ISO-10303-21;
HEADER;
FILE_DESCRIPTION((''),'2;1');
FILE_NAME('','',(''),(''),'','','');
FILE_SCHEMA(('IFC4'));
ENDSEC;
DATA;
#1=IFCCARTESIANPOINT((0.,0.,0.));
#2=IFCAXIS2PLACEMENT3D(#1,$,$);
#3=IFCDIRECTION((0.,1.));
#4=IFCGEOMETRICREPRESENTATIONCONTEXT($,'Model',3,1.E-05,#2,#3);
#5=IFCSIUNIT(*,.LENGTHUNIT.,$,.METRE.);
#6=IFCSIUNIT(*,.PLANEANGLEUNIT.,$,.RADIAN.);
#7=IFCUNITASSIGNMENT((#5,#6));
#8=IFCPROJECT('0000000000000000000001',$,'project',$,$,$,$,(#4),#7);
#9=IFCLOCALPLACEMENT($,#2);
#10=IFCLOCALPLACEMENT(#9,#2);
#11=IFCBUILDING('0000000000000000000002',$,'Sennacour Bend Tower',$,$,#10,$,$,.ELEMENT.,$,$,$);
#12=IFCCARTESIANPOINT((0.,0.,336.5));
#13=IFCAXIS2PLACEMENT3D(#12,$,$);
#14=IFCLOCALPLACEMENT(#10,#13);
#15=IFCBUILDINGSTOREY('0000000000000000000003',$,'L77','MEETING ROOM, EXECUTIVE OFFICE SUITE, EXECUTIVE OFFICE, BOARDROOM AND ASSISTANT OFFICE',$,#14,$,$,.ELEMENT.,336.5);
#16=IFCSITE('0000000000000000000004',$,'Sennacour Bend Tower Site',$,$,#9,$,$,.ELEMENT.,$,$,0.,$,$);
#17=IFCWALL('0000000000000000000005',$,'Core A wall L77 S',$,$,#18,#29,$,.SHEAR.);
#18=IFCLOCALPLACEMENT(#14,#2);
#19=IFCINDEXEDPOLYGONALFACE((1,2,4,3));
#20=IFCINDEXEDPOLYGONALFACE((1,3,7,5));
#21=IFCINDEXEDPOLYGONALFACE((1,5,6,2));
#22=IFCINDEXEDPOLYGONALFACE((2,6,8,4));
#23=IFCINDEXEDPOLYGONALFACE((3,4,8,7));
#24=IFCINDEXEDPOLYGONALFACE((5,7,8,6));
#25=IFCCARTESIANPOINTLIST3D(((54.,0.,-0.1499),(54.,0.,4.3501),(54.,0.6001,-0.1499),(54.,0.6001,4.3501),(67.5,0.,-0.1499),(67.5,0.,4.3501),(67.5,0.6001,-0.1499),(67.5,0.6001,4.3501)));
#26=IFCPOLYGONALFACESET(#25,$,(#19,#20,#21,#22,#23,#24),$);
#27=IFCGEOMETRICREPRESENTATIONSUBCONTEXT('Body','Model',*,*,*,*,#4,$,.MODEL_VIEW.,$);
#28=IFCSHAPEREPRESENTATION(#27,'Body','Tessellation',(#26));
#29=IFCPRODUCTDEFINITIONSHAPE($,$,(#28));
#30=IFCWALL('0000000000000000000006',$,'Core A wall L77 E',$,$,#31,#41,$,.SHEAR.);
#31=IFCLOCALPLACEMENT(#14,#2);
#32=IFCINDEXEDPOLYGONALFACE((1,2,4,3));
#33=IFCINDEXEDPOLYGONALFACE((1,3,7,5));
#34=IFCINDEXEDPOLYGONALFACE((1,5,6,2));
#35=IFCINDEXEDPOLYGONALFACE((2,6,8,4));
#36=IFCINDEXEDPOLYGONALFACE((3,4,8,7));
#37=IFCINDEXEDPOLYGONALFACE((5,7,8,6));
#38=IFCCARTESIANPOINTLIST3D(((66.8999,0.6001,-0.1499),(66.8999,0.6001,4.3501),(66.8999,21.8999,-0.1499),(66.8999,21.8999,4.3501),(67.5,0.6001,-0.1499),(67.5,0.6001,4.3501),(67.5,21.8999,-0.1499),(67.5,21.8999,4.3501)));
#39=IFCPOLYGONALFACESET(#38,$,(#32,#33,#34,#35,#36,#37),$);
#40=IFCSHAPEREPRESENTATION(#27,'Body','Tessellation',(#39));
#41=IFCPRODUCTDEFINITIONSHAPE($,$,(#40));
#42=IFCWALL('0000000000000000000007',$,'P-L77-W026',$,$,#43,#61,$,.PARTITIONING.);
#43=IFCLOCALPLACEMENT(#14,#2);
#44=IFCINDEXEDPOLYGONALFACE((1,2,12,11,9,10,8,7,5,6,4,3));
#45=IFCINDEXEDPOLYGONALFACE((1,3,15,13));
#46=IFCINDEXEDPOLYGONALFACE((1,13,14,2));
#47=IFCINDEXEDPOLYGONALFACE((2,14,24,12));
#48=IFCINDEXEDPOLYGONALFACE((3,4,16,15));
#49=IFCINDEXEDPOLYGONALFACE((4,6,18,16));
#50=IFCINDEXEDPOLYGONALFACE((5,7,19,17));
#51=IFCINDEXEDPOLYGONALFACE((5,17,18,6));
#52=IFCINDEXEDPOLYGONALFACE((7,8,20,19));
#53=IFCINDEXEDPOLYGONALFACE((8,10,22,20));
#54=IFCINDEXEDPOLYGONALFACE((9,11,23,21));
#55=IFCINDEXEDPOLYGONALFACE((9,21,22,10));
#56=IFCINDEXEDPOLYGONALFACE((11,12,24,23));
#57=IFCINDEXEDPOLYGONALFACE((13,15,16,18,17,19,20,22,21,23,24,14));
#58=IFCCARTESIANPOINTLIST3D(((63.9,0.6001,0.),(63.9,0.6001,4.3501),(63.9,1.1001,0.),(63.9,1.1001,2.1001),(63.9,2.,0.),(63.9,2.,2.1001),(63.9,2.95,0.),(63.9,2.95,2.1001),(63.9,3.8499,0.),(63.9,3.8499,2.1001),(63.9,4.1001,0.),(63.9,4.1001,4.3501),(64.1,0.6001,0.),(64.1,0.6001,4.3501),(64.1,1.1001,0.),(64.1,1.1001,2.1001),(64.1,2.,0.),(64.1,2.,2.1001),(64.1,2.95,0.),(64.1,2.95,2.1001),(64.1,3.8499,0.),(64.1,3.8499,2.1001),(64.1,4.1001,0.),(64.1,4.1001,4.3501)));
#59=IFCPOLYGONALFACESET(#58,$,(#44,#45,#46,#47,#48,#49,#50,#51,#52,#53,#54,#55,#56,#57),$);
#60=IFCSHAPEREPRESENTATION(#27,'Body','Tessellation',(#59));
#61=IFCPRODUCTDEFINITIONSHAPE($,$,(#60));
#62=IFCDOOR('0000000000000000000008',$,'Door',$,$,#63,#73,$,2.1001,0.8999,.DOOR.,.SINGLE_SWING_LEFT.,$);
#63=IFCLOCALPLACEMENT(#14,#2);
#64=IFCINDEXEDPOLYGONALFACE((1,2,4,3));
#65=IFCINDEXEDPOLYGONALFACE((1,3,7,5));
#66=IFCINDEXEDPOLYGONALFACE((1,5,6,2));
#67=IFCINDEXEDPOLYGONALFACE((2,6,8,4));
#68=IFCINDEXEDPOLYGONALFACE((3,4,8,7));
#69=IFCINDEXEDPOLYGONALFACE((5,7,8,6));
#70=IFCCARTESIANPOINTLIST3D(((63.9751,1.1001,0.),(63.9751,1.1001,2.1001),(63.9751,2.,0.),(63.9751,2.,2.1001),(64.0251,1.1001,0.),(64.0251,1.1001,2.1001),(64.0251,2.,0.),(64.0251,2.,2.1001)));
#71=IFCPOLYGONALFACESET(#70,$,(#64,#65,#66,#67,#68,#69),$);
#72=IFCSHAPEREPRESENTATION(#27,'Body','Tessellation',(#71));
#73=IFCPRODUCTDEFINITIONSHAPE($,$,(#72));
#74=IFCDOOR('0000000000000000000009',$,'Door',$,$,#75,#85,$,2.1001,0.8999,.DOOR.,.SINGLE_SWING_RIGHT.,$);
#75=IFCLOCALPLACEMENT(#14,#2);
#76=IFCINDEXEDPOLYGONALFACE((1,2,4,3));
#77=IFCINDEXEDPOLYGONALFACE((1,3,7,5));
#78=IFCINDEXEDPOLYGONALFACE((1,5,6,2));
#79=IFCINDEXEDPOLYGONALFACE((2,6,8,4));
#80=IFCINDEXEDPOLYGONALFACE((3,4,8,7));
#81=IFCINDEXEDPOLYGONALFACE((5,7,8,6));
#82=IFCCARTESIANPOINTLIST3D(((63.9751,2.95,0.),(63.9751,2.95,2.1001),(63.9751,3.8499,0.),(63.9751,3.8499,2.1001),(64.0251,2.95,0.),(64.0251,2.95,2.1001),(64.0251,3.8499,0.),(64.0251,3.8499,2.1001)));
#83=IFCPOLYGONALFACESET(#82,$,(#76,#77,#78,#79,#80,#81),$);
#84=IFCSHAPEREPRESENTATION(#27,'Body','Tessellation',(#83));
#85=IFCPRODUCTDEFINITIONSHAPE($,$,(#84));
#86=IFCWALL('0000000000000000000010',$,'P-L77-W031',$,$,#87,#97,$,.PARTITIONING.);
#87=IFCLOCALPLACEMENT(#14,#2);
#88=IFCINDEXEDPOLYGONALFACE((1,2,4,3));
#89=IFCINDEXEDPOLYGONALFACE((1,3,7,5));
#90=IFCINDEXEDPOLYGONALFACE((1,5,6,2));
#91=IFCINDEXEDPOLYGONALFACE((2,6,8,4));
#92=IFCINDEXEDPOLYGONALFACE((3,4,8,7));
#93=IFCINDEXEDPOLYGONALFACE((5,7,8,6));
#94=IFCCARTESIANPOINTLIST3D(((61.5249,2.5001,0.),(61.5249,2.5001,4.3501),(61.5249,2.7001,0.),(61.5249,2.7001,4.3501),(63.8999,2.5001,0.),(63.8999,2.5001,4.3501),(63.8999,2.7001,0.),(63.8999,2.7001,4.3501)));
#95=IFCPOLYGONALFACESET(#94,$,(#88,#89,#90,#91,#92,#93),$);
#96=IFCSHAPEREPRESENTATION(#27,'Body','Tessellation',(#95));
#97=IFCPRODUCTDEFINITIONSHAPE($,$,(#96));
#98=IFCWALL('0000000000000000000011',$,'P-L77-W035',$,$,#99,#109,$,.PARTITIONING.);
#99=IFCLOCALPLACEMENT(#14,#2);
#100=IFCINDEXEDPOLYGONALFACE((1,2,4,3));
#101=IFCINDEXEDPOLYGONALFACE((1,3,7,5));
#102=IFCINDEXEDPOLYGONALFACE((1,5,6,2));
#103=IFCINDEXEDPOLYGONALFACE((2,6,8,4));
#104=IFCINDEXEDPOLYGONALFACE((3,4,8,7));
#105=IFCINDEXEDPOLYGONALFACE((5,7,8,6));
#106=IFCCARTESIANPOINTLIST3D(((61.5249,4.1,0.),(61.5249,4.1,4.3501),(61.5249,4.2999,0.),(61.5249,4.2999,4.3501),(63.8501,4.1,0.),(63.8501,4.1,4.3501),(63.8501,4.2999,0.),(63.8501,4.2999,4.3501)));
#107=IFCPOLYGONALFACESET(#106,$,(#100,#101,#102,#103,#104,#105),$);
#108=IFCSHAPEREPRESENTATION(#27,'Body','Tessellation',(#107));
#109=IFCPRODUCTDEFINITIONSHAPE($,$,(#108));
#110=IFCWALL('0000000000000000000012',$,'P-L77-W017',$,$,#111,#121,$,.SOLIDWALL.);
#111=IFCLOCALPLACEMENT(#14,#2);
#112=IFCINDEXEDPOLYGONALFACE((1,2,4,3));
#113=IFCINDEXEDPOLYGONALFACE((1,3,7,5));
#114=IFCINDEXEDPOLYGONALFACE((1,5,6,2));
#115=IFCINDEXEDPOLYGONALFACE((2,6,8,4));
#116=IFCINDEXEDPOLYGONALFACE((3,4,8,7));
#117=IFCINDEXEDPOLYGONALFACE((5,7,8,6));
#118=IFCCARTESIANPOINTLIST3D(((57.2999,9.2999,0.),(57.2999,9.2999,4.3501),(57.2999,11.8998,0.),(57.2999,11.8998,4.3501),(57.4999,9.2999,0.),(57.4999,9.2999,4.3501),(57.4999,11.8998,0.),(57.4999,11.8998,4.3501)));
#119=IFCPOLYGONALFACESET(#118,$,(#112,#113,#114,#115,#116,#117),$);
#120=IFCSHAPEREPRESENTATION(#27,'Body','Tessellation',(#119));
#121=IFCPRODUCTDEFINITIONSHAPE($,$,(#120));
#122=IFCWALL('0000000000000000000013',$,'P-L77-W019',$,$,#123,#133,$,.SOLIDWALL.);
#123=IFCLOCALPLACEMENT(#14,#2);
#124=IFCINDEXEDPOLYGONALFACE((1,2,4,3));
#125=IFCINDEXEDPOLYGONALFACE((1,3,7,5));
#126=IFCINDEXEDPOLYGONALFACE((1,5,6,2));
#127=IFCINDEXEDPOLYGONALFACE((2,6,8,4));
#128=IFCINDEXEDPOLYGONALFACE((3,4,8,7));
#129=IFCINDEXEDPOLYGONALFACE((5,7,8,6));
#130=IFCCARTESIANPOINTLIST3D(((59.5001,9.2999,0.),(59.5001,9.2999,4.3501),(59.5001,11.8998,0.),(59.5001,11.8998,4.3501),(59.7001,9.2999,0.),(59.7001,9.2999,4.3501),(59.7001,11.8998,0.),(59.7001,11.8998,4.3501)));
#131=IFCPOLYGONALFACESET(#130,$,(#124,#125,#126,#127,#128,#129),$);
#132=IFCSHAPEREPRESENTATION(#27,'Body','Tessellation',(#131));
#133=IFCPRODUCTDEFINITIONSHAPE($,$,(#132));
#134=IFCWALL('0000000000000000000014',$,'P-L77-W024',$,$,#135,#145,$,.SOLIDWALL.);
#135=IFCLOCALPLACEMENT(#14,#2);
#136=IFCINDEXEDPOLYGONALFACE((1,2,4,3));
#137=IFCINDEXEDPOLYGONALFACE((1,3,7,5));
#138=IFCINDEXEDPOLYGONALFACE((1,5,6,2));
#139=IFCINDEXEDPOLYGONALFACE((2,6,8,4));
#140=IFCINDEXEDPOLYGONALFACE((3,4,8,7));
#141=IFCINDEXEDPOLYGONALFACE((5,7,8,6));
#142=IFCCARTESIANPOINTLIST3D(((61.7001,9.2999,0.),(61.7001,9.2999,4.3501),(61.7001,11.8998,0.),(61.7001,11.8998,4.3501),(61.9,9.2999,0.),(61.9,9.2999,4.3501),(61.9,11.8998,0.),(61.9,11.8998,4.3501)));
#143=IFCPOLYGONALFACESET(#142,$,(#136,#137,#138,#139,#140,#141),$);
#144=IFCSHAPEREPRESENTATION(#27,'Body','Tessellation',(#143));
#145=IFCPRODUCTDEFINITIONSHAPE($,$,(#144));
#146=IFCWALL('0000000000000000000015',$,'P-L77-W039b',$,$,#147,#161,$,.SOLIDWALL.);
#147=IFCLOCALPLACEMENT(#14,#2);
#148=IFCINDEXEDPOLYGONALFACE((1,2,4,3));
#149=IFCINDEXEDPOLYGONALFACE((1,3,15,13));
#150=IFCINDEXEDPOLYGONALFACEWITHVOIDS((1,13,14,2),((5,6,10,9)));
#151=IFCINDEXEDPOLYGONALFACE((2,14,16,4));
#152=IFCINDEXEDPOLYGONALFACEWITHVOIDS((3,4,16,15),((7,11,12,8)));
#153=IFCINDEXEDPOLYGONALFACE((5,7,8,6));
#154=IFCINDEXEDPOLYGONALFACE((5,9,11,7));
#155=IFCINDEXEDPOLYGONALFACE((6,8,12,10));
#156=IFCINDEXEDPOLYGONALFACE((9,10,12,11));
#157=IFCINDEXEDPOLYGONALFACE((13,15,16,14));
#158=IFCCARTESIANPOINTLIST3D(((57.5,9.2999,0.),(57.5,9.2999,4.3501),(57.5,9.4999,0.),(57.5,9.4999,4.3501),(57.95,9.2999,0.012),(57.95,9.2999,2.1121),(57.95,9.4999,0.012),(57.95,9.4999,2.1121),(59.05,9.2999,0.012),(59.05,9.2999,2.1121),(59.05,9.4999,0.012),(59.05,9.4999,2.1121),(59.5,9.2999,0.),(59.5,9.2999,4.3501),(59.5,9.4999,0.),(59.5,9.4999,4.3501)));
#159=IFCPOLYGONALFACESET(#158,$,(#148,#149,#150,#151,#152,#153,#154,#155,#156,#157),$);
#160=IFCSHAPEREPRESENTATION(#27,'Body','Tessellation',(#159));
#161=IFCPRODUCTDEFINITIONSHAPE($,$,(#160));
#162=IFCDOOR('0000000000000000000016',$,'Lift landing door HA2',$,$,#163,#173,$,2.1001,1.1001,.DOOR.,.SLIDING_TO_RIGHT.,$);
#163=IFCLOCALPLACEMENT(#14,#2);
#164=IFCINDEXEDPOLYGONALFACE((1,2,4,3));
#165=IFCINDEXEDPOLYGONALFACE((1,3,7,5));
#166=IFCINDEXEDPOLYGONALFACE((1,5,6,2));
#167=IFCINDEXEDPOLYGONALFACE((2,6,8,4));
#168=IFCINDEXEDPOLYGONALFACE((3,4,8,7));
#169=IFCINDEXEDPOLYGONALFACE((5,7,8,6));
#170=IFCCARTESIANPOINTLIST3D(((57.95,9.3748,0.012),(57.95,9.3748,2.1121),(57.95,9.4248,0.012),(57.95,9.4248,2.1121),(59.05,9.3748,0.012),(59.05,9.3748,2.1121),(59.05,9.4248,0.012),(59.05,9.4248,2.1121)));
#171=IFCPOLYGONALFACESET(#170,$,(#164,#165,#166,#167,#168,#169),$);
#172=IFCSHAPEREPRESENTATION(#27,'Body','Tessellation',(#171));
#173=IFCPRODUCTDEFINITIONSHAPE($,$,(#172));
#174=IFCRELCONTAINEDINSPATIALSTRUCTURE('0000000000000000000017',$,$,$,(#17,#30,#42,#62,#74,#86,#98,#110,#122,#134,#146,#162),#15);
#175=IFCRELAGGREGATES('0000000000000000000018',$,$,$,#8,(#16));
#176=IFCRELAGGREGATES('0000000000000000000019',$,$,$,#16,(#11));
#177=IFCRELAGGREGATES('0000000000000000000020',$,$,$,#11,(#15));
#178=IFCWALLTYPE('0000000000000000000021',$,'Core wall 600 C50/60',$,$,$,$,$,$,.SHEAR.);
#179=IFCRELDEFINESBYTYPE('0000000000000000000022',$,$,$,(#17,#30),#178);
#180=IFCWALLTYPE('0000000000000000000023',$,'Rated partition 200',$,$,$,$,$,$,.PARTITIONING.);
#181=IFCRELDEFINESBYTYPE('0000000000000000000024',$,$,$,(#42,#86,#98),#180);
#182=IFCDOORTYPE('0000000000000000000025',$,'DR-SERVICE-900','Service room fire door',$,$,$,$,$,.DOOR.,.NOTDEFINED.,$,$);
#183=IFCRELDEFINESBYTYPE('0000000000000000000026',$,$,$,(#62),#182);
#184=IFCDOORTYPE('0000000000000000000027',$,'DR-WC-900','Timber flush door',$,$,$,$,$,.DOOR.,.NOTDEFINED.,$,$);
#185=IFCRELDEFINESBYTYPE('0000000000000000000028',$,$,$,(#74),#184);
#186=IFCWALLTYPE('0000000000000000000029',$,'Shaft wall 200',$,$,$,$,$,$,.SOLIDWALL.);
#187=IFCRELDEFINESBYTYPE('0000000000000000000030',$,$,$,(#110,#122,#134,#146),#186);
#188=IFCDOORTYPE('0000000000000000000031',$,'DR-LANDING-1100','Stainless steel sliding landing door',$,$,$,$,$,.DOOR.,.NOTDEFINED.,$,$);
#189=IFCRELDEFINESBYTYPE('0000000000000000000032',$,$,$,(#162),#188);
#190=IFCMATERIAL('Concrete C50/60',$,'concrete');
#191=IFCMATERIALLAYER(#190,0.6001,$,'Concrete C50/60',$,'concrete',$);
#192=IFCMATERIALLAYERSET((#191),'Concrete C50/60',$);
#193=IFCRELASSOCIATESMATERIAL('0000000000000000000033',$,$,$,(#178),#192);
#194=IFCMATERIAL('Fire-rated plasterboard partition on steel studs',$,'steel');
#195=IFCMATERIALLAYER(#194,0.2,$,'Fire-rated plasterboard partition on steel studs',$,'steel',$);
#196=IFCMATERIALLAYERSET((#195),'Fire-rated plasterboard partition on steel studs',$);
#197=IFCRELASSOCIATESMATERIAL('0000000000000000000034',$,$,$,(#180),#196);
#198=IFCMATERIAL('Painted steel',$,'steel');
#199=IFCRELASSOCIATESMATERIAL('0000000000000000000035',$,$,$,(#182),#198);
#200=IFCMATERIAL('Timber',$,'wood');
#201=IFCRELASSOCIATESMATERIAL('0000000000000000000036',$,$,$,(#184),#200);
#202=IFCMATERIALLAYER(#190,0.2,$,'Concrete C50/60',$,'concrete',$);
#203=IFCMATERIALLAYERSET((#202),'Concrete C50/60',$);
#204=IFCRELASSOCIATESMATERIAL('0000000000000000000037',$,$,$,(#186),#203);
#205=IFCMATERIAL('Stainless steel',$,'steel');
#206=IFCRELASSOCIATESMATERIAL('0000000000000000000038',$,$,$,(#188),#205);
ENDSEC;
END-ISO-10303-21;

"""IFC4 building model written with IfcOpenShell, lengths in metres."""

from ifc_helpers import new_model, si_unit, direction, frame, frame_2d, origin, place, context, subcontext, project, spatial, rectangle, extrude, material, layer, layer_set, type_object, element, fill, save


model = new_model("IFC4")

# Units and contexts
model_context = context("Model", 3, precision=1e-05, world=origin(), true_north=direction((0.0, 1.0)))
body_context = subcontext(model_context, "Body", "Model", "MODEL_VIEW")
ifc_project = project(units=[si_unit("LENGTHUNIT", "METRE"), si_unit("PLANEANGLEUNIT", "RADIAN")], contexts=[model_context])

# Site, building, storey
site_placement = place(None, origin())
site = spatial("IfcSite", under=ifc_project, at=site_placement, Name="Sennacour Bend Tower Site", CompositionType="ELEMENT", RefElevation=0.0)
building_placement = place(site_placement, origin())
building = spatial("IfcBuilding", under=site, at=building_placement, Name="Sennacour Bend Tower", CompositionType="ELEMENT")
storey_placement = place(building_placement, frame((0.0, 0.0, 336.5)))
storey = spatial("IfcBuildingStorey", under=building, at=storey_placement, Name="L77", Description="MEETING ROOM, EXECUTIVE OFFICE SUITE, EXECUTIVE OFFICE, BOARDROOM AND ASSISTANT OFFICE", CompositionType="ELEMENT", Elevation=336.5)

# Walls
ifc_material_1 = material(Name="Concrete C50/60", Category="concrete")
ifc_layer_1 = layer(ifc_material_1, 0.6001, Name="Concrete C50/60", Category="concrete")
ifc_layer_set_1 = layer_set([ifc_layer_1], Name="Concrete C50/60")
wall_type_1 = type_object("IfcWallType", Name="Core wall 600 C50/60", PredefinedType="SHEAR", material=ifc_layer_set_1)
wall_1_placement = place(storey_placement, frame((67.5, 0.3, -0.1499), z_axis=(0.0, 0.0, 1.0), x_axis=(-1.0, 0.0, 0.0)))
element("IfcWall", 1, at=wall_1_placement, inside=storey, type_object=wall_type_1, Name="Core A wall L77 S", PredefinedType="SHEAR", context=body_context, shape_type="SweptSolid", body=[
    extrude(rectangle(XDim=13.5, YDim=0.6001, at=frame_2d((6.75, 0.0))), origin(), (0.0, 0.0, 1.0), 4.5),
])
wall_2_placement = place(storey_placement, frame((67.2, 0.6001, -0.1499), z_axis=(0.0, 0.0, 1.0), x_axis=(0.0, 1.0, 0.0)))
element("IfcWall", 2, at=wall_2_placement, inside=storey, type_object=wall_type_1, Name="Core A wall L77 E", PredefinedType="SHEAR", context=body_context, shape_type="SweptSolid", body=[
    extrude(rectangle(XDim=21.2998, YDim=0.6001, at=frame_2d((10.6499, 0.0))), origin(), (0.0, 0.0, 1.0), 4.5),
])

# Wall, openings, doors
ifc_material_2 = material(Name="Fire-rated plasterboard partition on steel studs", Category="steel")
ifc_layer_2 = layer(ifc_material_2, 0.2, Name="Fire-rated plasterboard partition on steel studs", Category="steel")
ifc_layer_set_2 = layer_set([ifc_layer_2], Name="Fire-rated plasterboard partition on steel studs")
wall_type_2 = type_object("IfcWallType", Name="Rated partition 200", PredefinedType="PARTITIONING", material=ifc_layer_set_2)
wall_3_placement = place(storey_placement, frame((64.0, 0.6001, 0.0), z_axis=(0.0, 0.0, 1.0), x_axis=(0.0, 1.0, 0.0)))
wall_3 = element("IfcWall", 3, at=wall_3_placement, inside=storey, type_object=wall_type_2, Name="P-L77-W026", PredefinedType="PARTITIONING", context=body_context, shape_type="SweptSolid", body=[
    extrude(rectangle(XDim=3.5, YDim=0.2, at=frame_2d((1.75, 0.0))), origin(), (0.0, 0.0, 1.0), 4.3501),
])
opening_1_placement = place(wall_3_placement, frame((0.5, 0.0, 0.0)))
opening_1 = element("IfcOpeningElement", 4, at=opening_1_placement, cuts=wall_3, PredefinedType="OPENING", context=body_context, shape_type="SweptSolid", body=[
    extrude(rectangle(XDim=0.8999, YDim=2.1001, at=frame_2d((0.45, 1.05))), frame((0.0, 0.1099, 0.0), z_axis=(0.0, -1.0, 0.0), x_axis=(1.0, 0.0, 0.0)), (0.0, 0.0, 1.0), 0.22),
])
opening_2_placement = place(wall_3_placement, frame((2.3499, 0.0, 0.0)))
opening_2 = element("IfcOpeningElement", 5, at=opening_2_placement, cuts=wall_3, PredefinedType="OPENING", context=body_context, shape_type="SweptSolid", body=[
    extrude(rectangle(XDim=0.8999, YDim=2.1001, at=frame_2d((0.45, 1.05))), frame((0.0, 0.1099, 0.0), z_axis=(0.0, -1.0, 0.0), x_axis=(1.0, 0.0, 0.0)), (0.0, 0.0, 1.0), 0.22),
])
ifc_material_3 = material(Name="Painted steel", Category="steel")
door_type_1 = type_object("IfcDoorType", Name="DR-SERVICE-900", Description="Service room fire door", OperationType="NOTDEFINED", PredefinedType="DOOR", material=ifc_material_3)
door_1_placement = place(opening_1_placement, origin())
door_1 = element("IfcDoor", 6, at=door_1_placement, inside=storey, type_object=door_type_1, Name="Door", OperationType="SINGLE_SWING_LEFT", OverallHeight=2.1001, OverallWidth=0.8999, PredefinedType="DOOR", context=body_context, shape_type="SweptSolid", body=[
    extrude(rectangle(XDim=0.8999, YDim=2.1001, at=frame_2d((0.45, 1.05))), frame((0.0, 0.0249, 0.0), z_axis=(0.0, -1.0, 0.0), x_axis=(1.0, 0.0, 0.0)), (0.0, 0.0, 1.0), 0.05),
])
fill(opening_1, door_1)
ifc_material_4 = material(Name="Timber", Category="wood")
door_type_2 = type_object("IfcDoorType", Name="DR-WC-900", Description="Timber flush door", OperationType="NOTDEFINED", PredefinedType="DOOR", material=ifc_material_4)
door_2_placement = place(opening_2_placement, origin())
door_2 = element("IfcDoor", 7, at=door_2_placement, inside=storey, type_object=door_type_2, Name="Door", OperationType="SINGLE_SWING_RIGHT", OverallHeight=2.1001, OverallWidth=0.8999, PredefinedType="DOOR", context=body_context, shape_type="SweptSolid", body=[
    extrude(rectangle(XDim=0.8999, YDim=2.1001, at=frame_2d((0.45, 1.05))), frame((0.0, 0.0249, 0.0), z_axis=(0.0, -1.0, 0.0), x_axis=(1.0, 0.0, 0.0)), (0.0, 0.0, 1.0), 0.05),
])
fill(opening_2, door_2)

# Walls
wall_4_placement = place(storey_placement, frame((61.5249, 2.6001, 0.0), z_axis=(0.0, 0.0, 1.0), x_axis=(1.0, 0.0, 0.0)))
element("IfcWall", 8, at=wall_4_placement, inside=storey, type_object=wall_type_2, Name="P-L77-W031", PredefinedType="PARTITIONING", context=body_context, shape_type="SweptSolid", body=[
    extrude(rectangle(XDim=2.375, YDim=0.2, at=frame_2d((1.1875, 0.0))), origin(), (0.0, 0.0, 1.0), 4.3501),
])
wall_5_placement = place(storey_placement, frame((61.5249, 4.2, 0.0), z_axis=(0.0, 0.0, 1.0), x_axis=(1.0, 0.0, 0.0)))
element("IfcWall", 9, at=wall_5_placement, inside=storey, type_object=wall_type_2, Name="P-L77-W035", PredefinedType="PARTITIONING", context=body_context, shape_type="SweptSolid", body=[
    extrude(rectangle(XDim=2.3252, YDim=0.2, at=frame_2d((1.1626, 0.0))), origin(), (0.0, 0.0, 1.0), 4.3501),
])
ifc_layer_3 = layer(ifc_material_1, 0.2, Name="Concrete C50/60", Category="concrete")
ifc_layer_set_3 = layer_set([ifc_layer_3], Name="Concrete C50/60")
wall_type_3 = type_object("IfcWallType", Name="Shaft wall 200", PredefinedType="SOLIDWALL", material=ifc_layer_set_3)
for number, where, z_axis, x_axis, name in (
    (10, (57.3999, 9.3, 0.0), (0.0, 0.0, 1.0), (0.0, 1.0, 0.0), "P-L77-W017"),
    (11, (59.6001, 9.3, 0.0), (0.0, 0.0, 1.0), (0.0, 1.0, 0.0), "P-L77-W019"),
    (12, (61.8, 9.3, 0.0), (0.0, 0.0, 1.0), (0.0, 1.0, 0.0), "P-L77-W024"),
):
    element("IfcWall", number, at=place(storey_placement, frame(where, z_axis=z_axis, x_axis=x_axis)), inside=storey, type_object=wall_type_3, Name=name, PredefinedType="SOLIDWALL", context=body_context, shape_type="SweptSolid", body=[
        extrude(rectangle(XDim=2.5999, YDim=0.2, at=frame_2d((1.2998, 0.0))), origin(), (0.0, 0.0, 1.0), 4.3501),
    ])

# Wall, opening, door
wall_6_placement = place(storey_placement, frame((57.5, 9.3999, 0.0), z_axis=(0.0, 0.0, 1.0), x_axis=(1.0, 0.0, 0.0)))
wall_6 = element("IfcWall", 13, at=wall_6_placement, inside=storey, type_object=wall_type_3, Name="P-L77-W039b", PredefinedType="SOLIDWALL", context=body_context, shape_type="SweptSolid", body=[
    extrude(rectangle(XDim=2.0, YDim=0.2, at=frame_2d((1.0, 0.0))), origin(), (0.0, 0.0, 1.0), 4.3501),
])
opening_3_placement = place(wall_6_placement, frame((0.45, 0.0, 0.012)))
opening_3 = element("IfcOpeningElement", 14, at=opening_3_placement, cuts=wall_6, PredefinedType="OPENING", context=body_context, shape_type="SweptSolid", body=[
    extrude(rectangle(XDim=1.1001, YDim=2.1001, at=frame_2d((0.55, 1.05))), frame((0.0, 0.1099, 0.0), z_axis=(0.0, -1.0, 0.0), x_axis=(1.0, 0.0, 0.0)), (0.0, 0.0, 1.0), 0.22),
])
ifc_material_5 = material(Name="Stainless steel", Category="steel")
door_type_3 = type_object("IfcDoorType", Name="DR-LANDING-1100", Description="Stainless steel sliding landing door", OperationType="NOTDEFINED", PredefinedType="DOOR", material=ifc_material_5)
door_3_placement = place(opening_3_placement, origin())
door_3 = element("IfcDoor", 15, at=door_3_placement, inside=storey, type_object=door_type_3, Name="Lift landing door HA2", OperationType="SLIDING_TO_RIGHT", OverallHeight=2.1001, OverallWidth=1.1001, PredefinedType="DOOR", context=body_context, shape_type="SweptSolid", body=[
    extrude(rectangle(XDim=1.1001, YDim=2.1001, at=frame_2d((0.55, 1.05))), frame((0.0, 0.0249, 0.0), z_axis=(0.0, -1.0, 0.0), x_axis=(1.0, 0.0, 0.0)), (0.0, 0.0, 1.0), 0.05),
])
fill(opening_3, door_3)

save(model, "model.ifc")
